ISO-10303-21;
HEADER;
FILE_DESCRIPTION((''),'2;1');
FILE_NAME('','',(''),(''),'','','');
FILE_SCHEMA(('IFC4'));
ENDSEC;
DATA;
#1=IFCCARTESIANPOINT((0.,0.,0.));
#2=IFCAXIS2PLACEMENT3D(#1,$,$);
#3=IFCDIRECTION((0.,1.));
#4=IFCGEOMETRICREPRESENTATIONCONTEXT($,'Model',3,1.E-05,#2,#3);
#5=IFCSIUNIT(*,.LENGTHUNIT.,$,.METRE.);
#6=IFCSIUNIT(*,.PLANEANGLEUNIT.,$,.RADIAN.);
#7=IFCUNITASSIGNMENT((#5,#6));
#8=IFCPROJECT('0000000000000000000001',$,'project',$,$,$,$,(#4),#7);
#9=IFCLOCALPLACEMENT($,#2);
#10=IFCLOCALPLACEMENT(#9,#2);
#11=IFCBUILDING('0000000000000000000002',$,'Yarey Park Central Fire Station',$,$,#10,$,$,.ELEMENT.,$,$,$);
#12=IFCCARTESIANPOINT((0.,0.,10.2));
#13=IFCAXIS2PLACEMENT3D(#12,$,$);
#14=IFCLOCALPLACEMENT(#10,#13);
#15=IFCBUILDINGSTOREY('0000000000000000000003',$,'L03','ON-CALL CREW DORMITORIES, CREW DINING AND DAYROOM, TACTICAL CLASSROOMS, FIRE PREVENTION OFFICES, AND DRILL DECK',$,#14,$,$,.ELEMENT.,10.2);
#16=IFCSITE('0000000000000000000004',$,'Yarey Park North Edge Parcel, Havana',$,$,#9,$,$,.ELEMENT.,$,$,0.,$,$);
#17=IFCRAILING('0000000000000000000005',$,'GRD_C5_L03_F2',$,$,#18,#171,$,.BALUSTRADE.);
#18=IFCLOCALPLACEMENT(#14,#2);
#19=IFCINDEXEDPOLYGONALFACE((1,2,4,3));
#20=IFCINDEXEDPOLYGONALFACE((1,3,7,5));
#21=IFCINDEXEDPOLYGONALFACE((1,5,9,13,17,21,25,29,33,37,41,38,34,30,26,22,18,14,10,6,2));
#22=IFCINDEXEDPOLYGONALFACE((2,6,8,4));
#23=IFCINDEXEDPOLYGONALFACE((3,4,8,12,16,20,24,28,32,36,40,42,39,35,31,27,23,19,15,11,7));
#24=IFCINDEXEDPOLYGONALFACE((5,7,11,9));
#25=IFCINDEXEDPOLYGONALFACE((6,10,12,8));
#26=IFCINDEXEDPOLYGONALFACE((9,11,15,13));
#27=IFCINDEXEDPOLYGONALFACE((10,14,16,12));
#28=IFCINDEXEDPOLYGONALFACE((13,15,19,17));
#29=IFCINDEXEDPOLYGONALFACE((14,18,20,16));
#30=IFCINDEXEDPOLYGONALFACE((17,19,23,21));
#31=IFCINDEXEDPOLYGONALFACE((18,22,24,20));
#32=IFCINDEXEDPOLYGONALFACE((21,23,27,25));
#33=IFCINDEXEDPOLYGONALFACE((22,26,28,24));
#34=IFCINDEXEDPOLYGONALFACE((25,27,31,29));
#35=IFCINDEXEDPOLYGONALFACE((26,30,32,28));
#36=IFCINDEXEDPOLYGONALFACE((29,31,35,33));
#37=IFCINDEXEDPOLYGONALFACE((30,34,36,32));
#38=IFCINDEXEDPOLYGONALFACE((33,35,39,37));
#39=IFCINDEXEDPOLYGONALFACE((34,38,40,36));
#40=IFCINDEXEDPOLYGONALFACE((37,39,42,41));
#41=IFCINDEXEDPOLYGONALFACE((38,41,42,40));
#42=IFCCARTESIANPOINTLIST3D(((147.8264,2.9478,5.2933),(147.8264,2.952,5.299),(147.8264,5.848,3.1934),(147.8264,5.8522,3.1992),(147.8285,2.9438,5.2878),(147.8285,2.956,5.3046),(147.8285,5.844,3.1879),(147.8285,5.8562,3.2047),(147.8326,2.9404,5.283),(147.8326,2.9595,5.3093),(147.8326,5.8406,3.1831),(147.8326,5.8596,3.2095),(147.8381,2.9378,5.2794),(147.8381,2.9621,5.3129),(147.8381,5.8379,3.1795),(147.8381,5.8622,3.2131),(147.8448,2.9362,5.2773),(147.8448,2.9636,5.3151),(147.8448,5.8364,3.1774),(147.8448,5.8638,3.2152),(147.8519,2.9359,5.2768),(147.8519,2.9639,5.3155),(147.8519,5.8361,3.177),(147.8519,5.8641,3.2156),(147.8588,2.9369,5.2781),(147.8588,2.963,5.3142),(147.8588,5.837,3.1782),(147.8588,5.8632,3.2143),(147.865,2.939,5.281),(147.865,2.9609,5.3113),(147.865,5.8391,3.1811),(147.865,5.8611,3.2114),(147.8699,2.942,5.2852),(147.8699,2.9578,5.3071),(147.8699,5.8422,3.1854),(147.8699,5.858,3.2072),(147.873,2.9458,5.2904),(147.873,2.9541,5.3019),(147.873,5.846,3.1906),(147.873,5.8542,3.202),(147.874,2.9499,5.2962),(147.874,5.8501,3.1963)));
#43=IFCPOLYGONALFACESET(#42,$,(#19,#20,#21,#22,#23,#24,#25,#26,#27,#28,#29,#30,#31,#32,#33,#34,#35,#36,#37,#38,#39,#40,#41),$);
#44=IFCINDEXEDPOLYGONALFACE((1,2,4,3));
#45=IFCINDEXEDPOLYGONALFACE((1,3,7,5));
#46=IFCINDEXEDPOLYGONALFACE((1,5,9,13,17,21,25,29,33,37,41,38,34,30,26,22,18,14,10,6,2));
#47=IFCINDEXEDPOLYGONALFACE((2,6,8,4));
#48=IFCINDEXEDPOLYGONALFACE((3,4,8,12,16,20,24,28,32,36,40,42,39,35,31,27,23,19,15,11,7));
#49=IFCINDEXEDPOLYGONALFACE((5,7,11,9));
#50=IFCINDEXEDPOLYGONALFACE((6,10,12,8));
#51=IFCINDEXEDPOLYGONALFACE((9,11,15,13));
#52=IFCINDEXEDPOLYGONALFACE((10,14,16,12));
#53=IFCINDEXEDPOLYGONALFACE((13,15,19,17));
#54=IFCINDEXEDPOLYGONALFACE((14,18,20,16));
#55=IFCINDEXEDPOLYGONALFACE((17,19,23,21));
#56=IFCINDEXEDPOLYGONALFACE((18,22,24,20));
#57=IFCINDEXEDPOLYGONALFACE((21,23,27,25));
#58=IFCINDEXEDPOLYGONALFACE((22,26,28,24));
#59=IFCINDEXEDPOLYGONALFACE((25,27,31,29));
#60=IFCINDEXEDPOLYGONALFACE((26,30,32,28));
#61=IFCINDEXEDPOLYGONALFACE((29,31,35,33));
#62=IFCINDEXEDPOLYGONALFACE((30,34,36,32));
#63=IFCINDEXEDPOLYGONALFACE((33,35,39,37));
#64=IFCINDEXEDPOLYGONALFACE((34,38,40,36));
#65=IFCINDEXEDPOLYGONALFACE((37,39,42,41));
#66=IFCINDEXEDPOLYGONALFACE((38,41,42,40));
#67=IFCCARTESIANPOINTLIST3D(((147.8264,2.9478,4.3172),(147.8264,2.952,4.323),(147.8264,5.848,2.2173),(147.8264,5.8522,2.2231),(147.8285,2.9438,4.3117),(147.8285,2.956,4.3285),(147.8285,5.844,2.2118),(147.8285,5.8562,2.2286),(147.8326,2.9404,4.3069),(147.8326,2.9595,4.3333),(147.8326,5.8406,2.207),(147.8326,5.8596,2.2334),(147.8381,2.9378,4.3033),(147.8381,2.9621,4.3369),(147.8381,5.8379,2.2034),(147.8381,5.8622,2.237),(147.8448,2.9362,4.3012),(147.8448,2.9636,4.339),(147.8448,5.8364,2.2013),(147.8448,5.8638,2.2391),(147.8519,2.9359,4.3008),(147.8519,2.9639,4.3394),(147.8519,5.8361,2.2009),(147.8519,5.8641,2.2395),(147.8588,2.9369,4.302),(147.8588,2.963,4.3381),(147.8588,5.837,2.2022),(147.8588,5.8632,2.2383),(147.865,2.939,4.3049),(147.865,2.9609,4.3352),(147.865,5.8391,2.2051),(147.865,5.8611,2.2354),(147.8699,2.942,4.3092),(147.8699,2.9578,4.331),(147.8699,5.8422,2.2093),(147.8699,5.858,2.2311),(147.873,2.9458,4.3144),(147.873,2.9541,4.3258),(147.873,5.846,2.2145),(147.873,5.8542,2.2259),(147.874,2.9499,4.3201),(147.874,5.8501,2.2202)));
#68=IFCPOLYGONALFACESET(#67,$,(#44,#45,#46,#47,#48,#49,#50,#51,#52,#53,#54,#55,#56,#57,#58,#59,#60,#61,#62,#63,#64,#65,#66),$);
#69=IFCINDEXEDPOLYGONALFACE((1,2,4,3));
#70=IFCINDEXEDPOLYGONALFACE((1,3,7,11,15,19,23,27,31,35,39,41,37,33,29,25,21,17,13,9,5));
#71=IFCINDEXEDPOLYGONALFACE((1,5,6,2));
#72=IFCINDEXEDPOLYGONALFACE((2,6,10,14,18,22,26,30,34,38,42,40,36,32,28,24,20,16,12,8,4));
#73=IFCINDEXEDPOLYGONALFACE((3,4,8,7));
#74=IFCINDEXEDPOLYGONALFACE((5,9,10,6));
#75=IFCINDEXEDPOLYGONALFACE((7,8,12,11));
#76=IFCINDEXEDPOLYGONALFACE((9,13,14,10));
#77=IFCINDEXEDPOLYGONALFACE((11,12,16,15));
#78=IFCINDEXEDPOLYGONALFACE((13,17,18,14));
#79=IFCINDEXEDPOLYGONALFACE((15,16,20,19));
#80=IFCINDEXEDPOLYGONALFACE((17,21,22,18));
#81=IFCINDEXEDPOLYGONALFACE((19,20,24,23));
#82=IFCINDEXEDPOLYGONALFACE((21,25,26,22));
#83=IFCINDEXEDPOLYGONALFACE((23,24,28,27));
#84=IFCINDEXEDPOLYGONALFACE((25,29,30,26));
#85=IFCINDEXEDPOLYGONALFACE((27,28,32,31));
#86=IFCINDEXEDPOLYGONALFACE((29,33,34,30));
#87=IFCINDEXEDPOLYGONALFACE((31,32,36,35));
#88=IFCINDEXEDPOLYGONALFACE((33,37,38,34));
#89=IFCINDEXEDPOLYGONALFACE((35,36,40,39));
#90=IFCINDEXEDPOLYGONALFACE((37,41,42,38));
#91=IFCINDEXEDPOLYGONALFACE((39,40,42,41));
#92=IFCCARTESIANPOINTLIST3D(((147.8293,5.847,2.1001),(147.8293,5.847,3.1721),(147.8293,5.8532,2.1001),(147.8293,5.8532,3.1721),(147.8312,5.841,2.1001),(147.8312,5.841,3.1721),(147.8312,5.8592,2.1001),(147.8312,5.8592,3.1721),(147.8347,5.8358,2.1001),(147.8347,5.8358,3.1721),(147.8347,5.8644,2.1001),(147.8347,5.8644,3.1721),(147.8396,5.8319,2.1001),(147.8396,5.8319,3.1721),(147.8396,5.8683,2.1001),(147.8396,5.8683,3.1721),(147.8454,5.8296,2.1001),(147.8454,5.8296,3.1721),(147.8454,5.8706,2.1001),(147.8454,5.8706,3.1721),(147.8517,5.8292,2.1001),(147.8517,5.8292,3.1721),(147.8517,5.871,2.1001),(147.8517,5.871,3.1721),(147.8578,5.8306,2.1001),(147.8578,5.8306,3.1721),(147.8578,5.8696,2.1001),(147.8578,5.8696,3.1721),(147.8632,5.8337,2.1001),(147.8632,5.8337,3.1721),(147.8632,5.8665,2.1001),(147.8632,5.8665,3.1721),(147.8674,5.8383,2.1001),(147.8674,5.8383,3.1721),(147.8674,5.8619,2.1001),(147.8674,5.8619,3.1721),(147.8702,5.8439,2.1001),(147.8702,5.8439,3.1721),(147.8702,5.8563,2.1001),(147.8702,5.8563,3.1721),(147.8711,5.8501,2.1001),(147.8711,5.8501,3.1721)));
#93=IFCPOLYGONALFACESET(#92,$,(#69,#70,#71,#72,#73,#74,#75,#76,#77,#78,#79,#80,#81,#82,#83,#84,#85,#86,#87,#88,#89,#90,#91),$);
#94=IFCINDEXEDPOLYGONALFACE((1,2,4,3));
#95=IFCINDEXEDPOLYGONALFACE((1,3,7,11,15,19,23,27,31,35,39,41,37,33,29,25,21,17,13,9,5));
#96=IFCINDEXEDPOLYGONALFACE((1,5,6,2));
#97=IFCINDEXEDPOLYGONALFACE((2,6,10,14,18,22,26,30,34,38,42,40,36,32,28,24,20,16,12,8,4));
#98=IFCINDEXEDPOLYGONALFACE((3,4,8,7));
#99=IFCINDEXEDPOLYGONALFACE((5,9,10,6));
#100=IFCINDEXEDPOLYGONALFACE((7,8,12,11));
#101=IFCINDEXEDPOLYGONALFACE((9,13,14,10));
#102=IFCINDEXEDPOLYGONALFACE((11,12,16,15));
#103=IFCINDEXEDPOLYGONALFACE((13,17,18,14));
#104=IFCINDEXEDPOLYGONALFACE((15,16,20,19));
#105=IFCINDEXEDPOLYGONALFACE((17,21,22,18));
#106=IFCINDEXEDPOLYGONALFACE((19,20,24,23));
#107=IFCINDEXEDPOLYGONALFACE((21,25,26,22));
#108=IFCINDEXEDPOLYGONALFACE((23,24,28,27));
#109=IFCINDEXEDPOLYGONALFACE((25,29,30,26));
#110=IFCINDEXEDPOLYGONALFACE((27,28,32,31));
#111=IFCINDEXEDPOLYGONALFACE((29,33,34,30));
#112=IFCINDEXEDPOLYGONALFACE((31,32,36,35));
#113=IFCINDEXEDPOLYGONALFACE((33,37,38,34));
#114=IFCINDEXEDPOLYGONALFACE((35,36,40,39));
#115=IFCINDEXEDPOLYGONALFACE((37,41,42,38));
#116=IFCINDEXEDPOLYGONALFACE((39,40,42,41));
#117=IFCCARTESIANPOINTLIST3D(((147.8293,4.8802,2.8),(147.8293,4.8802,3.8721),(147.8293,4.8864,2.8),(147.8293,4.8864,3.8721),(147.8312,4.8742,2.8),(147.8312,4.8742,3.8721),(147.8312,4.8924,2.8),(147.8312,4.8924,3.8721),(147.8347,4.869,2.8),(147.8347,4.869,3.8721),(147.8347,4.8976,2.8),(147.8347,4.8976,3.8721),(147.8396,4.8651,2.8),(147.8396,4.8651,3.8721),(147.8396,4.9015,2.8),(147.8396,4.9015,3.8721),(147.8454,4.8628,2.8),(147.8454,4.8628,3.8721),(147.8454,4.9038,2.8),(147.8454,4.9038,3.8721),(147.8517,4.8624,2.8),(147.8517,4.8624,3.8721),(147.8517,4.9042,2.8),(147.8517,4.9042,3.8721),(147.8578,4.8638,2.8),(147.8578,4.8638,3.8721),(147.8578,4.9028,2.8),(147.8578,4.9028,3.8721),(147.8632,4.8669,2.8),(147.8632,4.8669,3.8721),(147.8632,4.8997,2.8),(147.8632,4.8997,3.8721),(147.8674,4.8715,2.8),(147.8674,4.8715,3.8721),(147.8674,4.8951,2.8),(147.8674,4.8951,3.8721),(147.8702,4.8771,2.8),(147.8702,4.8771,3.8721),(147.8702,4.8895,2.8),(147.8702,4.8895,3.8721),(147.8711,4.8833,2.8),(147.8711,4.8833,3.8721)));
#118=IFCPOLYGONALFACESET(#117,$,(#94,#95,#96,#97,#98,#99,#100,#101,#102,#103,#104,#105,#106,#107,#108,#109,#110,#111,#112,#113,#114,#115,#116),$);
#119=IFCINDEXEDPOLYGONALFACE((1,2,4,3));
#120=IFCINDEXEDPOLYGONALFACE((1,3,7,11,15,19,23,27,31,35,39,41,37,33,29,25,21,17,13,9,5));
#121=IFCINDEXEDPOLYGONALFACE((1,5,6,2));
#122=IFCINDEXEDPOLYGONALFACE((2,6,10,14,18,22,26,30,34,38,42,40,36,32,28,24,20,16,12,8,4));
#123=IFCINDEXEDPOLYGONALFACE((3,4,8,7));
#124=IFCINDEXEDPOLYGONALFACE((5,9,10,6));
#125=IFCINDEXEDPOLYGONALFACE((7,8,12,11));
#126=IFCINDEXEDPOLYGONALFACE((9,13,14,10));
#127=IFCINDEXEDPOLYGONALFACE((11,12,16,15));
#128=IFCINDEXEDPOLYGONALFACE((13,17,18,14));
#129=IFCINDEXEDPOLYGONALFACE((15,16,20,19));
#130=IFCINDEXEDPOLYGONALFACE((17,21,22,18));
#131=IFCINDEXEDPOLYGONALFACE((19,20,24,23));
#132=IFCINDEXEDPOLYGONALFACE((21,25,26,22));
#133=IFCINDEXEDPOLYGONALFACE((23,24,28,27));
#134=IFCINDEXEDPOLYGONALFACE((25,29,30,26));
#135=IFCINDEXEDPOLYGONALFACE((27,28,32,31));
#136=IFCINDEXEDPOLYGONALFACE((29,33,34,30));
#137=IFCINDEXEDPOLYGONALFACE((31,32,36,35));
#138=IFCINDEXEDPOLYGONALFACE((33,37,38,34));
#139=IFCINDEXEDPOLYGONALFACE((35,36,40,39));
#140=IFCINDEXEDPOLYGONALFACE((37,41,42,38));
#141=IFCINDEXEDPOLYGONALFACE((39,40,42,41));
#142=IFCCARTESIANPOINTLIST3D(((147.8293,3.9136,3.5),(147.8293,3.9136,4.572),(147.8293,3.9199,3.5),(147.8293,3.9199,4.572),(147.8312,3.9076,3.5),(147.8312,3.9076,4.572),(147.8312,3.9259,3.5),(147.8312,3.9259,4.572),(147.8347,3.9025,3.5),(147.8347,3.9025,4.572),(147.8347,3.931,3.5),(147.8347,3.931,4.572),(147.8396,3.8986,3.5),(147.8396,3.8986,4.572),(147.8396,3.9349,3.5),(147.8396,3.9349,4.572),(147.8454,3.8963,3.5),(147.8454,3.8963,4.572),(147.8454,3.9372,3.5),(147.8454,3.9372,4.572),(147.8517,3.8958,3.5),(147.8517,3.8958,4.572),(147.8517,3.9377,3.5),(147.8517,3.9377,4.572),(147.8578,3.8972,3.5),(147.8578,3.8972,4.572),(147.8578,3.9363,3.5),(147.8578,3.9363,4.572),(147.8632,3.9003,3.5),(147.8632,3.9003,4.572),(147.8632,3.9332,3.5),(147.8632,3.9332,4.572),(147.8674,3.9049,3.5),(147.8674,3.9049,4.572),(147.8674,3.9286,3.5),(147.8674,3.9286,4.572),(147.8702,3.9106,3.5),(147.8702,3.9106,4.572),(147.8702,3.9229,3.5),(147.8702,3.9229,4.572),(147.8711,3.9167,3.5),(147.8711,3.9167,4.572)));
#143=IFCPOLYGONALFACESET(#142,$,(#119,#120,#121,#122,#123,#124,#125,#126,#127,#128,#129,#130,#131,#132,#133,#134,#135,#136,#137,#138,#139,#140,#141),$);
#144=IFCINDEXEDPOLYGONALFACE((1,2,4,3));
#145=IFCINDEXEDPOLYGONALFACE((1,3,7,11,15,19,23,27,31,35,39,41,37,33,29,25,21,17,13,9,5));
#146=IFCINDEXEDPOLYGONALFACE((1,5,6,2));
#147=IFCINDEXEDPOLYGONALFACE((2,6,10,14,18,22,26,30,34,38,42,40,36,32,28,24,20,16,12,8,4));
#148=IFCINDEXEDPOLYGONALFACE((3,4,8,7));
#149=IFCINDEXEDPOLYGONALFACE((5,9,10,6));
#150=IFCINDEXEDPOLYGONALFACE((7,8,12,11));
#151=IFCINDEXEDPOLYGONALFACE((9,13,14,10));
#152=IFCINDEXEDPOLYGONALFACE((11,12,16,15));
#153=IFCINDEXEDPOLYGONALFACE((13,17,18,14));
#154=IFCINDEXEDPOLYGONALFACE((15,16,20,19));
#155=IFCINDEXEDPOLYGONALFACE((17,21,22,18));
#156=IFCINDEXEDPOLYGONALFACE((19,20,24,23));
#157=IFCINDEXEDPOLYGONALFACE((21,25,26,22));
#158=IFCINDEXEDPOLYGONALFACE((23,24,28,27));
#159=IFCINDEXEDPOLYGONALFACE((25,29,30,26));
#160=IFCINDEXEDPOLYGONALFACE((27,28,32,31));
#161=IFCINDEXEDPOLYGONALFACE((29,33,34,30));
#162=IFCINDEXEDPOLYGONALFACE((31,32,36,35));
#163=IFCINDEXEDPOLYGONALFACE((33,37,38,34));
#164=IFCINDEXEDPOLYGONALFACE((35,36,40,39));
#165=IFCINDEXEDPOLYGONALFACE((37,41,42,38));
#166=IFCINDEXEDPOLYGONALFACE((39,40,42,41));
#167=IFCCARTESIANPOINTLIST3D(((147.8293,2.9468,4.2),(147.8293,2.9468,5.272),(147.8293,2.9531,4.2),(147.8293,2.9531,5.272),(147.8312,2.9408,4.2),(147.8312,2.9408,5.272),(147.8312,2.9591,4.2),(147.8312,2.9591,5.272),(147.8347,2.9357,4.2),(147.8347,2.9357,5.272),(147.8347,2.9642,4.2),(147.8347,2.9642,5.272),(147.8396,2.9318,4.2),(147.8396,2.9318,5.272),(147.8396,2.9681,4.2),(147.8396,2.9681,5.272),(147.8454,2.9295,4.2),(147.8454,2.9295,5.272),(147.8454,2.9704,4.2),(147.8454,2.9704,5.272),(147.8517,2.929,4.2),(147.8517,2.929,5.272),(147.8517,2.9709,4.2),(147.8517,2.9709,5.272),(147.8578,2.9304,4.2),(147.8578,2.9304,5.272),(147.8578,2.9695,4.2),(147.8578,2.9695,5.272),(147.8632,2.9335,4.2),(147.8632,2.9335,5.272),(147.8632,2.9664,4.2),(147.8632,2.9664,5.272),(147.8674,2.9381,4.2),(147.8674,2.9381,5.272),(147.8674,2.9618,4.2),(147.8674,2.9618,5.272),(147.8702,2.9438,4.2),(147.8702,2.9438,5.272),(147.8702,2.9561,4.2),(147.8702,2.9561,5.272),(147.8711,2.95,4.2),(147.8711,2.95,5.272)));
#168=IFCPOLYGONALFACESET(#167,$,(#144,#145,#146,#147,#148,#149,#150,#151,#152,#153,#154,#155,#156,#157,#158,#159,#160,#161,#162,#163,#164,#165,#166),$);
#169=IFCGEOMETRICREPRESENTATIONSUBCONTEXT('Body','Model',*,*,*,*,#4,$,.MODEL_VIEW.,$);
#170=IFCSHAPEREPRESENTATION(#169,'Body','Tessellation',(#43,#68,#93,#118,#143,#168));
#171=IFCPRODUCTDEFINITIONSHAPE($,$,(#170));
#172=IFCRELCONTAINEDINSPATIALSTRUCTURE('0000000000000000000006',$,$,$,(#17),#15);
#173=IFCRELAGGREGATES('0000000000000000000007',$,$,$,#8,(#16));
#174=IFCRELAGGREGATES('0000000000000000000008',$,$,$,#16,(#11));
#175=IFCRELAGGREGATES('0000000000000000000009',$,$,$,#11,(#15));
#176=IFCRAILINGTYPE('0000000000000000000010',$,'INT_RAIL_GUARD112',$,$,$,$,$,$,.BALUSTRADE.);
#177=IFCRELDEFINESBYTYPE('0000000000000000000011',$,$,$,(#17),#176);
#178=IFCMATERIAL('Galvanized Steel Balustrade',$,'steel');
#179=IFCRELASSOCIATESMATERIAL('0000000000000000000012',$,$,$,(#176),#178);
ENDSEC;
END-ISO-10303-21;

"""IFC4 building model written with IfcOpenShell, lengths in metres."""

from ifc_helpers import new_model, si_unit, direction, frame, origin, origin_2d, place, context, subcontext, project, spatial, circle, extrude, material, type_object, element, save


model = new_model("IFC4")

# Units and contexts
model_context = context("Model", 3, precision=1e-05, world=origin(), true_north=direction((0.0, 1.0)))
body_context = subcontext(model_context, "Body", "Model", "MODEL_VIEW")
ifc_project = project(units=[si_unit("LENGTHUNIT", "METRE"), si_unit("PLANEANGLEUNIT", "RADIAN")], contexts=[model_context])

# Site, building, storey
site_placement = place(None, origin())
site = spatial("IfcSite", under=ifc_project, at=site_placement, Name="Yarey Park North Edge Parcel, Havana", CompositionType="ELEMENT", RefElevation=0.0)
building_placement = place(site_placement, origin())
building = spatial("IfcBuilding", under=site, at=building_placement, Name="Yarey Park Central Fire Station", CompositionType="ELEMENT")
storey_placement = place(building_placement, frame((0.0, 0.0, 10.2)))
storey = spatial("IfcBuildingStorey", under=building, at=storey_placement, Name="L03", Description="ON-CALL CREW DORMITORIES, CREW DINING AND DAYROOM, TACTICAL CLASSROOMS, FIRE PREVENTION OFFICES, AND DRILL DECK", CompositionType="ELEMENT", Elevation=10.2)

# Railing
ifc_material_1 = material(Name="Galvanized Steel Balustrade", Category="steel")
railing_type_1 = type_object("IfcRailingType", Name="INT_RAIL_GUARD112", PredefinedType="BALUSTRADE", material=ifc_material_1)
railing_1_placement = place(storey_placement, frame((147.8501, 5.8501, 2.1001)))
element("IfcRailing", 1, at=railing_1_placement, inside=storey, type_object=railing_type_1, Name="GRD_C5_L03_F2", PredefinedType="BALUSTRADE", context=body_context, shape_type="SweptSolid", body=[
    extrude(circle(Radius=0.0239, at=origin_2d()), frame((0.0, 0.0, 1.0962), z_axis=(0.0, -0.809976, 0.586464), x_axis=(1.0, 0.0, 0.0)), (0.0, 0.0, 1.0), 3.5806),
    extrude(circle(Radius=0.0239, at=origin_2d()), frame((0.0, 0.0, 0.1201), z_axis=(0.0, -0.809976, 0.586464), x_axis=(1.0, 0.0, 0.0)), (0.0, 0.0, 1.0), 3.5806),
    extrude(circle(Radius=0.021, at=origin_2d()), origin(), (0.0, 0.0, 1.0), 1.072),
    extrude(circle(Radius=0.021, at=origin_2d()), frame((0.0, -0.9668, 0.7)), (0.0, 0.0, 1.0), 1.072),
    extrude(circle(Radius=0.021, at=origin_2d()), frame((0.0, -1.9333, 1.3999)), (0.0, 0.0, 1.0), 1.072),
    extrude(circle(Radius=0.021, at=origin_2d()), frame((0.0, -2.9001, 2.0999)), (0.0, 0.0, 1.0), 1.072),
])

save(model, "model.ifc")
